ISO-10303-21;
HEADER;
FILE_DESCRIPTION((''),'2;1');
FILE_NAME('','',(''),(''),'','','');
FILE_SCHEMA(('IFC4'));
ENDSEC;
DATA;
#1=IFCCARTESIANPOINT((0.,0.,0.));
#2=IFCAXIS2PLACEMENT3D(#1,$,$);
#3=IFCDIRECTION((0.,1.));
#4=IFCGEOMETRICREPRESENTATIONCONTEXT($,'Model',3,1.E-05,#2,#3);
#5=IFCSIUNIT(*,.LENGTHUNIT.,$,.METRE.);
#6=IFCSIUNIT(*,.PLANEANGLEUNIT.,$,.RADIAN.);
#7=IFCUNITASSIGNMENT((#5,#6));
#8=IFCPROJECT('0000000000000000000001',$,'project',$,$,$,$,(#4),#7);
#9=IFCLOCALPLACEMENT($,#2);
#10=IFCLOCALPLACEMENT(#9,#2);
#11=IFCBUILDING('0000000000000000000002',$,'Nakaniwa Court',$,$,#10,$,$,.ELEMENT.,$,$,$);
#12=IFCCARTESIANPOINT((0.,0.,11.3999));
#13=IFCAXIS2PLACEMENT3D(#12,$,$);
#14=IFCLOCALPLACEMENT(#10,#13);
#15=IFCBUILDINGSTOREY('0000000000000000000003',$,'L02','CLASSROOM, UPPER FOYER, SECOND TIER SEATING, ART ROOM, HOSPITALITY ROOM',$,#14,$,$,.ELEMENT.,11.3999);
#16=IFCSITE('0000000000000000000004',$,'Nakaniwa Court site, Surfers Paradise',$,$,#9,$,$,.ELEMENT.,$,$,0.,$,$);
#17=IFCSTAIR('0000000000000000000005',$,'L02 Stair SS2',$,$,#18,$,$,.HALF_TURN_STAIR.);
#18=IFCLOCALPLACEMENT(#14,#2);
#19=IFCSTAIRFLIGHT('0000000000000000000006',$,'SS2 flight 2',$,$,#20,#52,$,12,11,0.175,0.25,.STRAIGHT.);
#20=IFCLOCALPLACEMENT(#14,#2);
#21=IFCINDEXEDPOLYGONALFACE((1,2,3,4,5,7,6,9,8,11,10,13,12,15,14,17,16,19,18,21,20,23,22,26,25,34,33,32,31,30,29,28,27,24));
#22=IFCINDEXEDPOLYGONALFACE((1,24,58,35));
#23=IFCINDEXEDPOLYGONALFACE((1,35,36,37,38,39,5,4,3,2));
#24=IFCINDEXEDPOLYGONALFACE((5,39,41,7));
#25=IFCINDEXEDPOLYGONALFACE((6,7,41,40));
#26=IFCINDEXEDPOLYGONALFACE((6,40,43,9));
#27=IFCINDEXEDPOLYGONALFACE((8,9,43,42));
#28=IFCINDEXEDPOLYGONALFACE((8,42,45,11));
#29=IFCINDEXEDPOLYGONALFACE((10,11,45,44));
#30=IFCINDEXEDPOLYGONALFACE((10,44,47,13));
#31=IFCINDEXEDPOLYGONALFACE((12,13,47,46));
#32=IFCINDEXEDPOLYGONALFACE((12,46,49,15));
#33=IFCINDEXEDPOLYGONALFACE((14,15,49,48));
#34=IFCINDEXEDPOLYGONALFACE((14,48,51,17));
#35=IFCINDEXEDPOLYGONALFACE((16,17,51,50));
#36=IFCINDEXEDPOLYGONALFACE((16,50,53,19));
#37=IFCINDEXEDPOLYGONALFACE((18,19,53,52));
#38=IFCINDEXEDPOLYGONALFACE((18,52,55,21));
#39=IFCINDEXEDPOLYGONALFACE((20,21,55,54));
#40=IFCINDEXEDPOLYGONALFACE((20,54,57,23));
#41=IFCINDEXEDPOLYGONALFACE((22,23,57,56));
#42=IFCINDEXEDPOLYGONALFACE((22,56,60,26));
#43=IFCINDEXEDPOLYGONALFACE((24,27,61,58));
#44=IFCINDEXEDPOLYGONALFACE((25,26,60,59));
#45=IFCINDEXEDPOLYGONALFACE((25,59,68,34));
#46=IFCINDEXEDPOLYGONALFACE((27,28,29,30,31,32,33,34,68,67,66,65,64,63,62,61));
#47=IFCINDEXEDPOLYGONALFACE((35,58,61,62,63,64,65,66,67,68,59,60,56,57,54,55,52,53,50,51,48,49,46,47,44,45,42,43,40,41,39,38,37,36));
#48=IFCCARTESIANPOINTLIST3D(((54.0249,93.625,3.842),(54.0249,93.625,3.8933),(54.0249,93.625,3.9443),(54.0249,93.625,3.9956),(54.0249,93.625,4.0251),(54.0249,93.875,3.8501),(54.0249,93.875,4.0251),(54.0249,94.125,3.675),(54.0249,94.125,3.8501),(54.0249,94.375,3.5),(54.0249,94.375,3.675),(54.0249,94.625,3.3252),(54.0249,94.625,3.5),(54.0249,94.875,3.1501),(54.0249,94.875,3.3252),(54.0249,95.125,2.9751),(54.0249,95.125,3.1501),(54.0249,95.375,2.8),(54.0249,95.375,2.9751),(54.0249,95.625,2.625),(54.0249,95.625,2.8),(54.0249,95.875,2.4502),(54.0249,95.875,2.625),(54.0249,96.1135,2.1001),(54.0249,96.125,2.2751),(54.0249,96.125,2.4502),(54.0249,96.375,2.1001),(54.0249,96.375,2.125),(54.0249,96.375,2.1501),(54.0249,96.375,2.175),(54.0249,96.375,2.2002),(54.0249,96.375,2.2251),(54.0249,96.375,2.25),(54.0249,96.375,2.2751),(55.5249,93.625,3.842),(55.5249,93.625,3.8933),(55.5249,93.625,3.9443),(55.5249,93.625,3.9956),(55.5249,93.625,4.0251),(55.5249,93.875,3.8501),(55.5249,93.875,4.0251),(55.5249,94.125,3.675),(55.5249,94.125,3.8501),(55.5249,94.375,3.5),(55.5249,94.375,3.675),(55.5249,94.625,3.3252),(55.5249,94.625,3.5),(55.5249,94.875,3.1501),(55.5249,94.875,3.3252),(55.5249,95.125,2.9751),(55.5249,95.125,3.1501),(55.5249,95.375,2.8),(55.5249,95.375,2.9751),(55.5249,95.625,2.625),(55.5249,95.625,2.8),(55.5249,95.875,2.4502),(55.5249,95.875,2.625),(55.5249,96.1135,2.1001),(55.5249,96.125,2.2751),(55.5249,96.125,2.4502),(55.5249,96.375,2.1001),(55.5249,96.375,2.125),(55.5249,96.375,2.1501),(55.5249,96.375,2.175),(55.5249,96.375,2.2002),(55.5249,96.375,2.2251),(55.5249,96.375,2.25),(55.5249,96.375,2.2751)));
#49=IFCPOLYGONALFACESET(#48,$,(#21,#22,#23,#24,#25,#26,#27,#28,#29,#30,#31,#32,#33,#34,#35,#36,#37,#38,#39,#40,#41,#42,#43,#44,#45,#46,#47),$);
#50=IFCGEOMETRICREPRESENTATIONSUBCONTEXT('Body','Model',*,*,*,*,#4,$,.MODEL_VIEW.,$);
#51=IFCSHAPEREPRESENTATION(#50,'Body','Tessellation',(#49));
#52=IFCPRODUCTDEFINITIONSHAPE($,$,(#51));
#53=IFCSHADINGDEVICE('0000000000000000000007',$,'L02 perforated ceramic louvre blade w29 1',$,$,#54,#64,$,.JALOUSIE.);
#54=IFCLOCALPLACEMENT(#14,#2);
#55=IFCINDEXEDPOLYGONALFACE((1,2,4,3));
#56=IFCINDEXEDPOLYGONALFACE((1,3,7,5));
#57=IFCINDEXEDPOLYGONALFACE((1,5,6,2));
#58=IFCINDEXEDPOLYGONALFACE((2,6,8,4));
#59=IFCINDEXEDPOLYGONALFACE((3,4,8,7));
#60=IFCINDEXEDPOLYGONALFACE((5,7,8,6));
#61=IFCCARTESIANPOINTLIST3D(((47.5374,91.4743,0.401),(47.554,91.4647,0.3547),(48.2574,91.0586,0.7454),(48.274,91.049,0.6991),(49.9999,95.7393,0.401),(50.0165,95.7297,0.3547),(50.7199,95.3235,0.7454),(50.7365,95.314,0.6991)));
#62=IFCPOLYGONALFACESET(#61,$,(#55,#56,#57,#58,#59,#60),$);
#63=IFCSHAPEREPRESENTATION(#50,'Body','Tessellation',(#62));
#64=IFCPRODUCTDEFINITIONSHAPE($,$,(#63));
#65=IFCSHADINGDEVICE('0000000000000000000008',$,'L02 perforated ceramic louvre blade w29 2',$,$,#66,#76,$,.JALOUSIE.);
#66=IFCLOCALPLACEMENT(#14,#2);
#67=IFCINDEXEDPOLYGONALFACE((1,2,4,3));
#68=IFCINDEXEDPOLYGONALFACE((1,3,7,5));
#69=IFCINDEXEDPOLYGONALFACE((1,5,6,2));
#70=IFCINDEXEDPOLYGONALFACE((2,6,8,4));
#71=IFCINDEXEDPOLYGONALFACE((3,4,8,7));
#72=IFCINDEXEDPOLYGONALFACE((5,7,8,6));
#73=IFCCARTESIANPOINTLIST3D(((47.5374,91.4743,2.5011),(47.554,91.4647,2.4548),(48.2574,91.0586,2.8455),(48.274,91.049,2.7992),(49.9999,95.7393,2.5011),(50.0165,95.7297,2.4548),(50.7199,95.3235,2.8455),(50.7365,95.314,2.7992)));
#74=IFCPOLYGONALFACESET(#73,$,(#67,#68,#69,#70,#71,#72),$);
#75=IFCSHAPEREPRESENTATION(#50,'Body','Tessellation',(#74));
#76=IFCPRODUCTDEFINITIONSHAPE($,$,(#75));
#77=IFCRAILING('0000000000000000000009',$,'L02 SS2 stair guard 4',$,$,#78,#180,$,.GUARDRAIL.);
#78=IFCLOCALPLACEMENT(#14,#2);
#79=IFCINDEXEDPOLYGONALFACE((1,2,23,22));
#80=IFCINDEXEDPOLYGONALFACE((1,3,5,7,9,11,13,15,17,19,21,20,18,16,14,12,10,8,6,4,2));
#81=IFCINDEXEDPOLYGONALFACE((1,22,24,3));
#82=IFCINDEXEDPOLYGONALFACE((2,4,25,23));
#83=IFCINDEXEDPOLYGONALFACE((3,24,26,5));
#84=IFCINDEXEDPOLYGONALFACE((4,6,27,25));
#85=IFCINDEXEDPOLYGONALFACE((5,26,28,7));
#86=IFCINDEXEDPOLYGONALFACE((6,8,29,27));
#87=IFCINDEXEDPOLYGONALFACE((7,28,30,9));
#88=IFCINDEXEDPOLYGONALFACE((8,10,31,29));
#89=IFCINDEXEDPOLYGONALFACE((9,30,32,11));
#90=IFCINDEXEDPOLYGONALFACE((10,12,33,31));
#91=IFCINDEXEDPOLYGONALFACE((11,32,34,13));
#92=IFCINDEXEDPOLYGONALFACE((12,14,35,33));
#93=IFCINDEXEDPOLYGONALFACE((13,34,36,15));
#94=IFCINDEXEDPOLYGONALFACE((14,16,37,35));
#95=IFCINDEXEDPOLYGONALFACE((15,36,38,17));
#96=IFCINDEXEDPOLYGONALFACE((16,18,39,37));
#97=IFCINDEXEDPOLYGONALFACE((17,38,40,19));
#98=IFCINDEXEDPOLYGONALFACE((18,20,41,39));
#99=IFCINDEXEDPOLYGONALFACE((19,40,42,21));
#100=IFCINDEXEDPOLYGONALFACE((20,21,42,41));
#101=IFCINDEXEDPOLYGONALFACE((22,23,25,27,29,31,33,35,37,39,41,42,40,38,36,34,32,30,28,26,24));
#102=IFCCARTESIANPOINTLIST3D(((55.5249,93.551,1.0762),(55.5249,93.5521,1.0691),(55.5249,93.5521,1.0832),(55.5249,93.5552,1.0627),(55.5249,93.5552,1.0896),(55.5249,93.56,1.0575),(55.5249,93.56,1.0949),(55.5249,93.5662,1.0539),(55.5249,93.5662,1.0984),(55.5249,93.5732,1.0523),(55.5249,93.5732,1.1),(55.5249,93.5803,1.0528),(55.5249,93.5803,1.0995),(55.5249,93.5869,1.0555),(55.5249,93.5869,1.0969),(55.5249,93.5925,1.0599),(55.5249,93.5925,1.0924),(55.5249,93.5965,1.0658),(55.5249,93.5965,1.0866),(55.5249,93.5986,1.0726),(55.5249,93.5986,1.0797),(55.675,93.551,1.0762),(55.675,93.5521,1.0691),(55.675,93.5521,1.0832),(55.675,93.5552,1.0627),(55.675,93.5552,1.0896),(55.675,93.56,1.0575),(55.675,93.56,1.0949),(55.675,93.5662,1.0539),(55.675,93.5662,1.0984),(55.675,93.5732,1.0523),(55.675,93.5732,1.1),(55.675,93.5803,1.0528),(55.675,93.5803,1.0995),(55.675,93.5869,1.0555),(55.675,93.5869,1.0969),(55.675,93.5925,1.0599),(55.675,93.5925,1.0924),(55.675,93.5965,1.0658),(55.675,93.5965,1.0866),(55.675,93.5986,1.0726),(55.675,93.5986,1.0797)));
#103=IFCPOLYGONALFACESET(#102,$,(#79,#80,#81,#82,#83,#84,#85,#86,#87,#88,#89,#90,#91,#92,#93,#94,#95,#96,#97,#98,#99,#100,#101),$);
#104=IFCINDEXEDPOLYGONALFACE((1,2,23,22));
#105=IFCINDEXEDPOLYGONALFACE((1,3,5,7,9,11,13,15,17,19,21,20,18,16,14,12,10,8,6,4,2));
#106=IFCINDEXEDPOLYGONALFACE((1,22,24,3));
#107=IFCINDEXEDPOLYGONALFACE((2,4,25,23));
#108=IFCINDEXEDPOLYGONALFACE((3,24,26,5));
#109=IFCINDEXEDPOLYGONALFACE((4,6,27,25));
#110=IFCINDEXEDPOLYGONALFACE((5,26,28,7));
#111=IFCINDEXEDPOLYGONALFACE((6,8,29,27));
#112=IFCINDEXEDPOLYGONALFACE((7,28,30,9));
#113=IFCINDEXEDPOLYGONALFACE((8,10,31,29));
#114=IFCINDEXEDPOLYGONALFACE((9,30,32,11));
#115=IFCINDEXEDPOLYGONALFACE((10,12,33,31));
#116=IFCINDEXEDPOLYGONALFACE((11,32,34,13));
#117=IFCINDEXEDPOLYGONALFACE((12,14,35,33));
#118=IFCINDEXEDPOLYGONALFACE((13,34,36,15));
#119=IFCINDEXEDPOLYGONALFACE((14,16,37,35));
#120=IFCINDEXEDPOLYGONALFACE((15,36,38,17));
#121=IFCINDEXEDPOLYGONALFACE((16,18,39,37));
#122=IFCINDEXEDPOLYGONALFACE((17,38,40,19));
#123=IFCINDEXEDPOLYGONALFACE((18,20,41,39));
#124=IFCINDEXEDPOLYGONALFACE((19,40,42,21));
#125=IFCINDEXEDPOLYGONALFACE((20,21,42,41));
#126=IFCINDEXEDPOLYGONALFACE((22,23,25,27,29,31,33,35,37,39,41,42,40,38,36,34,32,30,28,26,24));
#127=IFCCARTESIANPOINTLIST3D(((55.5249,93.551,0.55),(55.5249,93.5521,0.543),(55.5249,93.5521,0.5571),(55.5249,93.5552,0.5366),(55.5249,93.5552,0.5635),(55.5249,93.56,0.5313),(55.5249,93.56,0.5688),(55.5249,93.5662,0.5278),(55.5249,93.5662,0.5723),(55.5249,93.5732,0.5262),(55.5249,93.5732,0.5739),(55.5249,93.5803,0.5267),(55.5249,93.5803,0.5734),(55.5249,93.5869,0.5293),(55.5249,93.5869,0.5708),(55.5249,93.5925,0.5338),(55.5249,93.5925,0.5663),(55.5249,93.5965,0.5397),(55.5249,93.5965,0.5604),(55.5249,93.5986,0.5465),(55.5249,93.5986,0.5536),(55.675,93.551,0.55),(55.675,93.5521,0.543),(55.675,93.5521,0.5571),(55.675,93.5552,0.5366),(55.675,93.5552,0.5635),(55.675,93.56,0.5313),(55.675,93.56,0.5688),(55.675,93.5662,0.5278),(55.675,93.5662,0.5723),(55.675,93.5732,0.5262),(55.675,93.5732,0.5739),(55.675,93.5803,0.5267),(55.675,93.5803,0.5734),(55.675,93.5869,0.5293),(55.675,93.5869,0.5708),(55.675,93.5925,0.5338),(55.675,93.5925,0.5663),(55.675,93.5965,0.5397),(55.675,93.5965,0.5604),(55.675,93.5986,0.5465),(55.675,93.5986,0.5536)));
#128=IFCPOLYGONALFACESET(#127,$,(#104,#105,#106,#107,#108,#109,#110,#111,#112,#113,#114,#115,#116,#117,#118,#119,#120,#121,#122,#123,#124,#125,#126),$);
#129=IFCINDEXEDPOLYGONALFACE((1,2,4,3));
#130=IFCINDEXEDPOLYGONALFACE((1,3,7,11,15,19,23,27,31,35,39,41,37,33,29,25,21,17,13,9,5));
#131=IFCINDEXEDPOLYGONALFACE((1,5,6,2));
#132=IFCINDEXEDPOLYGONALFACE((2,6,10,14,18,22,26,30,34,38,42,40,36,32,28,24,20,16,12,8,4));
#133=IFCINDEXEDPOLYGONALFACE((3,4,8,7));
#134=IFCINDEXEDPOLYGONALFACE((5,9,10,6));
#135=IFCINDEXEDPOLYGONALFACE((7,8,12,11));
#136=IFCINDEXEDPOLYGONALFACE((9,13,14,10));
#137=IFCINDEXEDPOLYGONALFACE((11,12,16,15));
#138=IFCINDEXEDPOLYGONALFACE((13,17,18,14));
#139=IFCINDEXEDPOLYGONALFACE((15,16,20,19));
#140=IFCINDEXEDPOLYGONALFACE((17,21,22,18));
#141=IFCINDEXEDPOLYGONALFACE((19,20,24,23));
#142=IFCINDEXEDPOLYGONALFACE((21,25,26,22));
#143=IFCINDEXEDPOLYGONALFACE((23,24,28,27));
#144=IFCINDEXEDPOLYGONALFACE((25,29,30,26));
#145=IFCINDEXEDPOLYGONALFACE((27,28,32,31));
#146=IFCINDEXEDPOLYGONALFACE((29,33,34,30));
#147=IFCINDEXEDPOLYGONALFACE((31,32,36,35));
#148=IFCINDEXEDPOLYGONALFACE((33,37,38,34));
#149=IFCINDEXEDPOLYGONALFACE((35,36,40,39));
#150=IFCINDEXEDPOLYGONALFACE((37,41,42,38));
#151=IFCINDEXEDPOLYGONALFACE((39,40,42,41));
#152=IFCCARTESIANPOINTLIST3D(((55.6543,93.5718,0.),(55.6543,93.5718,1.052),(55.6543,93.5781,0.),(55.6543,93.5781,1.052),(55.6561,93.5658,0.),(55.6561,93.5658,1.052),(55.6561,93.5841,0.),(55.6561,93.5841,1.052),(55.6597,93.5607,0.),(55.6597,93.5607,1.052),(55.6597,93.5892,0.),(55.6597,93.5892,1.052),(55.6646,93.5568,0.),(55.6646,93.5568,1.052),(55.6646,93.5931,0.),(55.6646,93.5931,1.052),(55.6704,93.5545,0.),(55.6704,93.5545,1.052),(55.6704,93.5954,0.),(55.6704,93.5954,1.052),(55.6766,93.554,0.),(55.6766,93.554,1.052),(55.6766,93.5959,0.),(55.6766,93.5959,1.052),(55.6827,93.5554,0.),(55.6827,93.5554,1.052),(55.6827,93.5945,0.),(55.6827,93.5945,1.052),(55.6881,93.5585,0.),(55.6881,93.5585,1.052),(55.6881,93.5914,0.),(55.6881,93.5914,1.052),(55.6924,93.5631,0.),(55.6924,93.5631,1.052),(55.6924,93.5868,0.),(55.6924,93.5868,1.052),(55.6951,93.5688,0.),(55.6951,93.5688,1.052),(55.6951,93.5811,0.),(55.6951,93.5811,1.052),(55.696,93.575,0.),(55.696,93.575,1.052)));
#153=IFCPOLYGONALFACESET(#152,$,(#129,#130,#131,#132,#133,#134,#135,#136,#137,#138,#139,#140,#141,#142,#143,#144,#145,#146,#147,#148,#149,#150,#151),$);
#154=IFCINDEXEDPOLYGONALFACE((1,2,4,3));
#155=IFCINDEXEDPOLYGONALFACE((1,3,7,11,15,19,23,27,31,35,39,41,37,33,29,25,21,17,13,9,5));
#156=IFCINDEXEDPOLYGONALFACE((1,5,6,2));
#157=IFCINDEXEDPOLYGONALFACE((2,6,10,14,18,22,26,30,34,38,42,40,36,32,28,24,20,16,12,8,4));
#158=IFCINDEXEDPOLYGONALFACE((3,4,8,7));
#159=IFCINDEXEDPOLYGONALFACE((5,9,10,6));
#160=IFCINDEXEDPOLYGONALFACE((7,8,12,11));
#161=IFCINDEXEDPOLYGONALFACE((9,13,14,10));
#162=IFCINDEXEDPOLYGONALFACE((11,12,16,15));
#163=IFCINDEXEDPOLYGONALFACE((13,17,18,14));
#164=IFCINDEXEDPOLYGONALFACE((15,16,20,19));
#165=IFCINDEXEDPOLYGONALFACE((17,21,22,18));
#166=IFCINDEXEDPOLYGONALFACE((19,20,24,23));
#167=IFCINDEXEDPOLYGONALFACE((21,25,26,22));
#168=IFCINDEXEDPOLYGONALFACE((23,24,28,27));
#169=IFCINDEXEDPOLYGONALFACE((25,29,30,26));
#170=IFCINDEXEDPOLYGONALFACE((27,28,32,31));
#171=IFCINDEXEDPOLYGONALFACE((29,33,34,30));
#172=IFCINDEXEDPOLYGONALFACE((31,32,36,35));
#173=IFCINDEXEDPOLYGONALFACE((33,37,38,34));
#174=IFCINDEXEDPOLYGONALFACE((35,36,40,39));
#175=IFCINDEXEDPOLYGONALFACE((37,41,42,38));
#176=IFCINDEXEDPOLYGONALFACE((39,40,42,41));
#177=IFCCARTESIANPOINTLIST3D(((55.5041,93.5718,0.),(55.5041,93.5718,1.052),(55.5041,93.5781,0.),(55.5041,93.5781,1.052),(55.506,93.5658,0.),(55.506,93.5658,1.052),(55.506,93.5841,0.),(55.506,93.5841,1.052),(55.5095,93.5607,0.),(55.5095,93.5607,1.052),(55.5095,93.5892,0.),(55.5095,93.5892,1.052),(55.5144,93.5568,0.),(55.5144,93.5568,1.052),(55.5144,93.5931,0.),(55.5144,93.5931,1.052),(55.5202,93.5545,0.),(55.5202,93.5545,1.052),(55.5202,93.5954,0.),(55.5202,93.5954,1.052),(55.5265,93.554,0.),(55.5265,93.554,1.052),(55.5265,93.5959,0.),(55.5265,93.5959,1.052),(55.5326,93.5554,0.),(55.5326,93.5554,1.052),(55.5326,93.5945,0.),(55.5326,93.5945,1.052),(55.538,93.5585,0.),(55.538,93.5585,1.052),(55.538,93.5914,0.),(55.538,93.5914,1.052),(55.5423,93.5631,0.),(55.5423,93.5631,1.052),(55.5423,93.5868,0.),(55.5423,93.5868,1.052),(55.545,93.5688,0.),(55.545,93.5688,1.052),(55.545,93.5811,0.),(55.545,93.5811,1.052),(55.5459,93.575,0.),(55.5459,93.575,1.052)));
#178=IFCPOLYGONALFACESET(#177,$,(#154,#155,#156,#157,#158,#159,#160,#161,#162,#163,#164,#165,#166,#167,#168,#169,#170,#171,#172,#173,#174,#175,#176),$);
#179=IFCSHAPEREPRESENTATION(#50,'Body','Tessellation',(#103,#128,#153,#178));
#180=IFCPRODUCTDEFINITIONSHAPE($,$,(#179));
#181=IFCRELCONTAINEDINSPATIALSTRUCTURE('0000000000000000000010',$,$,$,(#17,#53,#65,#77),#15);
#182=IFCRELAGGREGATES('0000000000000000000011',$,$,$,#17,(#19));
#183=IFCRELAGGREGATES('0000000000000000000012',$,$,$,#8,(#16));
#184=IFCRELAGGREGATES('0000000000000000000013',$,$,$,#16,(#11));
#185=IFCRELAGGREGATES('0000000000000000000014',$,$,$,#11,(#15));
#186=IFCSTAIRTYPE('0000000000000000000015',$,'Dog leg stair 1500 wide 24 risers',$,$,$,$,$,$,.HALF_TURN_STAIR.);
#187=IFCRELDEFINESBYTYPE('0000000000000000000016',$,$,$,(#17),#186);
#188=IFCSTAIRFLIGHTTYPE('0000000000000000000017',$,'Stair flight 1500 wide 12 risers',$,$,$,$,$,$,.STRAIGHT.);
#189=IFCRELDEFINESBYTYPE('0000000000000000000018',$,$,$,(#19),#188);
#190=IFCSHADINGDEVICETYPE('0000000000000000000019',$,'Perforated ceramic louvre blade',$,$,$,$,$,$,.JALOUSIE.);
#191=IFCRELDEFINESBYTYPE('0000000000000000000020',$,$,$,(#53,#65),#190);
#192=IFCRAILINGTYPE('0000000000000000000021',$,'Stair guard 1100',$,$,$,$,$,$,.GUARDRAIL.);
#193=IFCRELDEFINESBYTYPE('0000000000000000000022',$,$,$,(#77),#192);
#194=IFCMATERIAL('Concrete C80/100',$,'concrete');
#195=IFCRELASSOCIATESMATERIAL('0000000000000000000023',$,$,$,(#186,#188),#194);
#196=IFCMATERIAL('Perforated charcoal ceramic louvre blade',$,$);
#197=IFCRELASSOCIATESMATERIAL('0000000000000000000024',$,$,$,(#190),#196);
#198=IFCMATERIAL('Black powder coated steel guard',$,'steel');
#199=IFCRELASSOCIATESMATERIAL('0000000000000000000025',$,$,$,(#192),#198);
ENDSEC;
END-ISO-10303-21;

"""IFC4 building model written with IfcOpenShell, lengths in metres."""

from ifc_helpers import new_model, si_unit, direction, frame, origin, origin_2d, place, context, subcontext, project, spatial, polyline, rectangle, circle, outline, extrude, material, material_profile, profile_set, type_object, element, aggregate, save


model = new_model("IFC4")

# Units and contexts
model_context = context("Model", 3, precision=1e-05, world=origin(), true_north=direction((0.0, 1.0)))
body_context = subcontext(model_context, "Body", "Model", "MODEL_VIEW")
ifc_project = project(units=[si_unit("LENGTHUNIT", "METRE"), si_unit("PLANEANGLEUNIT", "RADIAN")], contexts=[model_context])

# Site, building, storey
site_placement = place(None, origin())
site = spatial("IfcSite", under=ifc_project, at=site_placement, Name="Nakaniwa Court site, Surfers Paradise", CompositionType="ELEMENT", RefElevation=0.0)
building_placement = place(site_placement, origin())
building = spatial("IfcBuilding", under=site, at=building_placement, Name="Nakaniwa Court", CompositionType="ELEMENT")
storey_placement = place(building_placement, frame((0.0, 0.0, 11.3999)))
storey = spatial("IfcBuildingStorey", under=building, at=storey_placement, Name="L02", Description="CLASSROOM, UPPER FOYER, SECOND TIER SEATING, ART ROOM, HOSPITALITY ROOM", CompositionType="ELEMENT", Elevation=11.3999)

# Stair, stair flight
ifc_material_1 = material(Name="Concrete C80/100", Category="concrete")
stair_type = type_object("IfcStairType", Name="Dog leg stair 1500 wide 24 risers", PredefinedType="HALF_TURN_STAIR", material=ifc_material_1)
stair_placement = place(storey_placement, origin())
stair = element("IfcStair", 1, at=stair_placement, inside=storey, type_object=stair_type, Name="L02 Stair SS2", PredefinedType="HALF_TURN_STAIR")
stair_flight_type = type_object("IfcStairFlightType", Name="Stair flight 1500 wide 12 risers", PredefinedType="STRAIGHT", material=ifc_material_1)
stair_flight_1_placement = place(storey_placement, frame((54.7749, 96.375, 2.1001), z_axis=(0.0, 0.0, 1.0), x_axis=(0.0, -1.0, 0.0)))
stair_flight_1 = element("IfcStairFlight", 2, at=stair_flight_1_placement, type_object=stair_flight_type, Name="SS2 flight 2", NumberOfRisers=12, NumberOfTreads=11, PredefinedType="STRAIGHT", RiserHeight=0.175, TreadLength=0.25, context=body_context, shape_type="SweptSolid", body=[
    extrude(outline(polyline([(0.0, 0.0), (0.0, 0.0249), (0.0, 0.05), (0.0, 0.075), (0.0, 0.1001), (0.0, 0.125), (0.0, 0.1499), (0.0, 0.175), (0.25, 0.175), (0.25, 0.3501), (0.5, 0.3501), (0.5, 0.5249), (0.75, 0.5249), (0.75, 0.7), (1.0, 0.7), (1.0, 0.875), (1.25, 0.875), (1.25, 1.05), (1.5, 1.05), (1.5, 1.2251), (1.75, 1.2251), (1.75, 1.3999), (2.0, 1.3999), (2.0, 1.575), (2.25, 1.575), (2.25, 1.75), (2.5, 1.75), (2.5, 1.925), (2.75, 1.925), (2.75, 2.1001), (2.75, 2.0488), (2.75, 1.9978), (2.75, 1.9465), (2.75, 1.8955), (2.75, 1.8442), (2.75, 1.7932), (2.75, 1.7419), (0.2615, 0.0), (0.0, 0.0)])), frame((0.0, 0.75, 0.0), z_axis=(0.0, -1.0, 0.0), x_axis=(1.0, 0.0, 0.0)), (0.0, 0.0, 1.0), 1.5),
])
aggregate(stair, [stair_flight_1])

# Shading devices
ifc_material_2 = material(Name="Perforated charcoal ceramic louvre blade")
ifc_material_profile_1 = material_profile(ifc_material_2, rectangle(XDim=0.8999, YDim=0.05, at=origin_2d()), Name="Perforated ceramic louvre blade")
ifc_profile_set_1 = profile_set([ifc_material_profile_1], Name="Perforated charcoal ceramic louvre blade")
shading_device_type = type_object("IfcShadingDeviceType", Name="Perforated ceramic louvre blade", PredefinedType="JALOUSIE", material=ifc_profile_set_1)
for number, where, z_axis, x_axis, name in (
    (3, (50.3682, 95.5266, 0.55), (-0.50001, -0.86602, 0.0), (0.800098, -0.461949, 0.382683), "L02 perforated ceramic louvre blade w29 1"),
    (4, (50.3682, 95.5266, 2.6501), (-0.50001, -0.86602, 0.0), (0.800098, -0.461949, 0.382683), "L02 perforated ceramic louvre blade w29 2"),
):
    element("IfcShadingDevice", number, at=place(storey_placement, frame(where, z_axis=z_axis, x_axis=x_axis)), inside=storey, type_object=shading_device_type, Name=name, PredefinedType="JALOUSIE", context=body_context, shape_type="SweptSolid", body=[
        extrude(rectangle(XDim=0.8999, YDim=0.05, at=origin_2d()), origin(), (0.0, 0.0, 1.0), 4.9248),
    ])

# Railing
ifc_material_3 = material(Name="Black powder coated steel guard", Category="steel")
railing_type_1 = type_object("IfcRailingType", Name="Stair guard 1100", PredefinedType="GUARDRAIL", material=ifc_material_3)
railing_1_placement = place(storey_placement, frame((55.675, 93.575, 0.0)))
element("IfcRailing", 5, at=railing_1_placement, inside=storey, type_object=railing_type_1, Name="L02 SS2 stair guard 4", PredefinedType="GUARDRAIL", context=body_context, shape_type="SweptSolid", body=[
    extrude(circle(Radius=0.0239, at=origin_2d()), frame((0.0, 0.0, 1.0762), z_axis=(-1.0, 0.0, 0.0), x_axis=(0.0, -1.0, 0.0)), (0.0, 0.0, 1.0), 0.1501),
    extrude(circle(Radius=0.0239, at=origin_2d()), frame((0.0, 0.0, 0.55), z_axis=(-1.0, 0.0, 0.0), x_axis=(0.0, -1.0, 0.0)), (0.0, 0.0, 1.0), 0.1501),
    extrude(circle(Radius=0.021, at=origin_2d()), origin(), (0.0, 0.0, 1.0), 1.052),
    extrude(circle(Radius=0.021, at=origin_2d()), frame((-0.1501, 0.0, 0.0)), (0.0, 0.0, 1.0), 1.052),
])

save(model, "model.ifc")
